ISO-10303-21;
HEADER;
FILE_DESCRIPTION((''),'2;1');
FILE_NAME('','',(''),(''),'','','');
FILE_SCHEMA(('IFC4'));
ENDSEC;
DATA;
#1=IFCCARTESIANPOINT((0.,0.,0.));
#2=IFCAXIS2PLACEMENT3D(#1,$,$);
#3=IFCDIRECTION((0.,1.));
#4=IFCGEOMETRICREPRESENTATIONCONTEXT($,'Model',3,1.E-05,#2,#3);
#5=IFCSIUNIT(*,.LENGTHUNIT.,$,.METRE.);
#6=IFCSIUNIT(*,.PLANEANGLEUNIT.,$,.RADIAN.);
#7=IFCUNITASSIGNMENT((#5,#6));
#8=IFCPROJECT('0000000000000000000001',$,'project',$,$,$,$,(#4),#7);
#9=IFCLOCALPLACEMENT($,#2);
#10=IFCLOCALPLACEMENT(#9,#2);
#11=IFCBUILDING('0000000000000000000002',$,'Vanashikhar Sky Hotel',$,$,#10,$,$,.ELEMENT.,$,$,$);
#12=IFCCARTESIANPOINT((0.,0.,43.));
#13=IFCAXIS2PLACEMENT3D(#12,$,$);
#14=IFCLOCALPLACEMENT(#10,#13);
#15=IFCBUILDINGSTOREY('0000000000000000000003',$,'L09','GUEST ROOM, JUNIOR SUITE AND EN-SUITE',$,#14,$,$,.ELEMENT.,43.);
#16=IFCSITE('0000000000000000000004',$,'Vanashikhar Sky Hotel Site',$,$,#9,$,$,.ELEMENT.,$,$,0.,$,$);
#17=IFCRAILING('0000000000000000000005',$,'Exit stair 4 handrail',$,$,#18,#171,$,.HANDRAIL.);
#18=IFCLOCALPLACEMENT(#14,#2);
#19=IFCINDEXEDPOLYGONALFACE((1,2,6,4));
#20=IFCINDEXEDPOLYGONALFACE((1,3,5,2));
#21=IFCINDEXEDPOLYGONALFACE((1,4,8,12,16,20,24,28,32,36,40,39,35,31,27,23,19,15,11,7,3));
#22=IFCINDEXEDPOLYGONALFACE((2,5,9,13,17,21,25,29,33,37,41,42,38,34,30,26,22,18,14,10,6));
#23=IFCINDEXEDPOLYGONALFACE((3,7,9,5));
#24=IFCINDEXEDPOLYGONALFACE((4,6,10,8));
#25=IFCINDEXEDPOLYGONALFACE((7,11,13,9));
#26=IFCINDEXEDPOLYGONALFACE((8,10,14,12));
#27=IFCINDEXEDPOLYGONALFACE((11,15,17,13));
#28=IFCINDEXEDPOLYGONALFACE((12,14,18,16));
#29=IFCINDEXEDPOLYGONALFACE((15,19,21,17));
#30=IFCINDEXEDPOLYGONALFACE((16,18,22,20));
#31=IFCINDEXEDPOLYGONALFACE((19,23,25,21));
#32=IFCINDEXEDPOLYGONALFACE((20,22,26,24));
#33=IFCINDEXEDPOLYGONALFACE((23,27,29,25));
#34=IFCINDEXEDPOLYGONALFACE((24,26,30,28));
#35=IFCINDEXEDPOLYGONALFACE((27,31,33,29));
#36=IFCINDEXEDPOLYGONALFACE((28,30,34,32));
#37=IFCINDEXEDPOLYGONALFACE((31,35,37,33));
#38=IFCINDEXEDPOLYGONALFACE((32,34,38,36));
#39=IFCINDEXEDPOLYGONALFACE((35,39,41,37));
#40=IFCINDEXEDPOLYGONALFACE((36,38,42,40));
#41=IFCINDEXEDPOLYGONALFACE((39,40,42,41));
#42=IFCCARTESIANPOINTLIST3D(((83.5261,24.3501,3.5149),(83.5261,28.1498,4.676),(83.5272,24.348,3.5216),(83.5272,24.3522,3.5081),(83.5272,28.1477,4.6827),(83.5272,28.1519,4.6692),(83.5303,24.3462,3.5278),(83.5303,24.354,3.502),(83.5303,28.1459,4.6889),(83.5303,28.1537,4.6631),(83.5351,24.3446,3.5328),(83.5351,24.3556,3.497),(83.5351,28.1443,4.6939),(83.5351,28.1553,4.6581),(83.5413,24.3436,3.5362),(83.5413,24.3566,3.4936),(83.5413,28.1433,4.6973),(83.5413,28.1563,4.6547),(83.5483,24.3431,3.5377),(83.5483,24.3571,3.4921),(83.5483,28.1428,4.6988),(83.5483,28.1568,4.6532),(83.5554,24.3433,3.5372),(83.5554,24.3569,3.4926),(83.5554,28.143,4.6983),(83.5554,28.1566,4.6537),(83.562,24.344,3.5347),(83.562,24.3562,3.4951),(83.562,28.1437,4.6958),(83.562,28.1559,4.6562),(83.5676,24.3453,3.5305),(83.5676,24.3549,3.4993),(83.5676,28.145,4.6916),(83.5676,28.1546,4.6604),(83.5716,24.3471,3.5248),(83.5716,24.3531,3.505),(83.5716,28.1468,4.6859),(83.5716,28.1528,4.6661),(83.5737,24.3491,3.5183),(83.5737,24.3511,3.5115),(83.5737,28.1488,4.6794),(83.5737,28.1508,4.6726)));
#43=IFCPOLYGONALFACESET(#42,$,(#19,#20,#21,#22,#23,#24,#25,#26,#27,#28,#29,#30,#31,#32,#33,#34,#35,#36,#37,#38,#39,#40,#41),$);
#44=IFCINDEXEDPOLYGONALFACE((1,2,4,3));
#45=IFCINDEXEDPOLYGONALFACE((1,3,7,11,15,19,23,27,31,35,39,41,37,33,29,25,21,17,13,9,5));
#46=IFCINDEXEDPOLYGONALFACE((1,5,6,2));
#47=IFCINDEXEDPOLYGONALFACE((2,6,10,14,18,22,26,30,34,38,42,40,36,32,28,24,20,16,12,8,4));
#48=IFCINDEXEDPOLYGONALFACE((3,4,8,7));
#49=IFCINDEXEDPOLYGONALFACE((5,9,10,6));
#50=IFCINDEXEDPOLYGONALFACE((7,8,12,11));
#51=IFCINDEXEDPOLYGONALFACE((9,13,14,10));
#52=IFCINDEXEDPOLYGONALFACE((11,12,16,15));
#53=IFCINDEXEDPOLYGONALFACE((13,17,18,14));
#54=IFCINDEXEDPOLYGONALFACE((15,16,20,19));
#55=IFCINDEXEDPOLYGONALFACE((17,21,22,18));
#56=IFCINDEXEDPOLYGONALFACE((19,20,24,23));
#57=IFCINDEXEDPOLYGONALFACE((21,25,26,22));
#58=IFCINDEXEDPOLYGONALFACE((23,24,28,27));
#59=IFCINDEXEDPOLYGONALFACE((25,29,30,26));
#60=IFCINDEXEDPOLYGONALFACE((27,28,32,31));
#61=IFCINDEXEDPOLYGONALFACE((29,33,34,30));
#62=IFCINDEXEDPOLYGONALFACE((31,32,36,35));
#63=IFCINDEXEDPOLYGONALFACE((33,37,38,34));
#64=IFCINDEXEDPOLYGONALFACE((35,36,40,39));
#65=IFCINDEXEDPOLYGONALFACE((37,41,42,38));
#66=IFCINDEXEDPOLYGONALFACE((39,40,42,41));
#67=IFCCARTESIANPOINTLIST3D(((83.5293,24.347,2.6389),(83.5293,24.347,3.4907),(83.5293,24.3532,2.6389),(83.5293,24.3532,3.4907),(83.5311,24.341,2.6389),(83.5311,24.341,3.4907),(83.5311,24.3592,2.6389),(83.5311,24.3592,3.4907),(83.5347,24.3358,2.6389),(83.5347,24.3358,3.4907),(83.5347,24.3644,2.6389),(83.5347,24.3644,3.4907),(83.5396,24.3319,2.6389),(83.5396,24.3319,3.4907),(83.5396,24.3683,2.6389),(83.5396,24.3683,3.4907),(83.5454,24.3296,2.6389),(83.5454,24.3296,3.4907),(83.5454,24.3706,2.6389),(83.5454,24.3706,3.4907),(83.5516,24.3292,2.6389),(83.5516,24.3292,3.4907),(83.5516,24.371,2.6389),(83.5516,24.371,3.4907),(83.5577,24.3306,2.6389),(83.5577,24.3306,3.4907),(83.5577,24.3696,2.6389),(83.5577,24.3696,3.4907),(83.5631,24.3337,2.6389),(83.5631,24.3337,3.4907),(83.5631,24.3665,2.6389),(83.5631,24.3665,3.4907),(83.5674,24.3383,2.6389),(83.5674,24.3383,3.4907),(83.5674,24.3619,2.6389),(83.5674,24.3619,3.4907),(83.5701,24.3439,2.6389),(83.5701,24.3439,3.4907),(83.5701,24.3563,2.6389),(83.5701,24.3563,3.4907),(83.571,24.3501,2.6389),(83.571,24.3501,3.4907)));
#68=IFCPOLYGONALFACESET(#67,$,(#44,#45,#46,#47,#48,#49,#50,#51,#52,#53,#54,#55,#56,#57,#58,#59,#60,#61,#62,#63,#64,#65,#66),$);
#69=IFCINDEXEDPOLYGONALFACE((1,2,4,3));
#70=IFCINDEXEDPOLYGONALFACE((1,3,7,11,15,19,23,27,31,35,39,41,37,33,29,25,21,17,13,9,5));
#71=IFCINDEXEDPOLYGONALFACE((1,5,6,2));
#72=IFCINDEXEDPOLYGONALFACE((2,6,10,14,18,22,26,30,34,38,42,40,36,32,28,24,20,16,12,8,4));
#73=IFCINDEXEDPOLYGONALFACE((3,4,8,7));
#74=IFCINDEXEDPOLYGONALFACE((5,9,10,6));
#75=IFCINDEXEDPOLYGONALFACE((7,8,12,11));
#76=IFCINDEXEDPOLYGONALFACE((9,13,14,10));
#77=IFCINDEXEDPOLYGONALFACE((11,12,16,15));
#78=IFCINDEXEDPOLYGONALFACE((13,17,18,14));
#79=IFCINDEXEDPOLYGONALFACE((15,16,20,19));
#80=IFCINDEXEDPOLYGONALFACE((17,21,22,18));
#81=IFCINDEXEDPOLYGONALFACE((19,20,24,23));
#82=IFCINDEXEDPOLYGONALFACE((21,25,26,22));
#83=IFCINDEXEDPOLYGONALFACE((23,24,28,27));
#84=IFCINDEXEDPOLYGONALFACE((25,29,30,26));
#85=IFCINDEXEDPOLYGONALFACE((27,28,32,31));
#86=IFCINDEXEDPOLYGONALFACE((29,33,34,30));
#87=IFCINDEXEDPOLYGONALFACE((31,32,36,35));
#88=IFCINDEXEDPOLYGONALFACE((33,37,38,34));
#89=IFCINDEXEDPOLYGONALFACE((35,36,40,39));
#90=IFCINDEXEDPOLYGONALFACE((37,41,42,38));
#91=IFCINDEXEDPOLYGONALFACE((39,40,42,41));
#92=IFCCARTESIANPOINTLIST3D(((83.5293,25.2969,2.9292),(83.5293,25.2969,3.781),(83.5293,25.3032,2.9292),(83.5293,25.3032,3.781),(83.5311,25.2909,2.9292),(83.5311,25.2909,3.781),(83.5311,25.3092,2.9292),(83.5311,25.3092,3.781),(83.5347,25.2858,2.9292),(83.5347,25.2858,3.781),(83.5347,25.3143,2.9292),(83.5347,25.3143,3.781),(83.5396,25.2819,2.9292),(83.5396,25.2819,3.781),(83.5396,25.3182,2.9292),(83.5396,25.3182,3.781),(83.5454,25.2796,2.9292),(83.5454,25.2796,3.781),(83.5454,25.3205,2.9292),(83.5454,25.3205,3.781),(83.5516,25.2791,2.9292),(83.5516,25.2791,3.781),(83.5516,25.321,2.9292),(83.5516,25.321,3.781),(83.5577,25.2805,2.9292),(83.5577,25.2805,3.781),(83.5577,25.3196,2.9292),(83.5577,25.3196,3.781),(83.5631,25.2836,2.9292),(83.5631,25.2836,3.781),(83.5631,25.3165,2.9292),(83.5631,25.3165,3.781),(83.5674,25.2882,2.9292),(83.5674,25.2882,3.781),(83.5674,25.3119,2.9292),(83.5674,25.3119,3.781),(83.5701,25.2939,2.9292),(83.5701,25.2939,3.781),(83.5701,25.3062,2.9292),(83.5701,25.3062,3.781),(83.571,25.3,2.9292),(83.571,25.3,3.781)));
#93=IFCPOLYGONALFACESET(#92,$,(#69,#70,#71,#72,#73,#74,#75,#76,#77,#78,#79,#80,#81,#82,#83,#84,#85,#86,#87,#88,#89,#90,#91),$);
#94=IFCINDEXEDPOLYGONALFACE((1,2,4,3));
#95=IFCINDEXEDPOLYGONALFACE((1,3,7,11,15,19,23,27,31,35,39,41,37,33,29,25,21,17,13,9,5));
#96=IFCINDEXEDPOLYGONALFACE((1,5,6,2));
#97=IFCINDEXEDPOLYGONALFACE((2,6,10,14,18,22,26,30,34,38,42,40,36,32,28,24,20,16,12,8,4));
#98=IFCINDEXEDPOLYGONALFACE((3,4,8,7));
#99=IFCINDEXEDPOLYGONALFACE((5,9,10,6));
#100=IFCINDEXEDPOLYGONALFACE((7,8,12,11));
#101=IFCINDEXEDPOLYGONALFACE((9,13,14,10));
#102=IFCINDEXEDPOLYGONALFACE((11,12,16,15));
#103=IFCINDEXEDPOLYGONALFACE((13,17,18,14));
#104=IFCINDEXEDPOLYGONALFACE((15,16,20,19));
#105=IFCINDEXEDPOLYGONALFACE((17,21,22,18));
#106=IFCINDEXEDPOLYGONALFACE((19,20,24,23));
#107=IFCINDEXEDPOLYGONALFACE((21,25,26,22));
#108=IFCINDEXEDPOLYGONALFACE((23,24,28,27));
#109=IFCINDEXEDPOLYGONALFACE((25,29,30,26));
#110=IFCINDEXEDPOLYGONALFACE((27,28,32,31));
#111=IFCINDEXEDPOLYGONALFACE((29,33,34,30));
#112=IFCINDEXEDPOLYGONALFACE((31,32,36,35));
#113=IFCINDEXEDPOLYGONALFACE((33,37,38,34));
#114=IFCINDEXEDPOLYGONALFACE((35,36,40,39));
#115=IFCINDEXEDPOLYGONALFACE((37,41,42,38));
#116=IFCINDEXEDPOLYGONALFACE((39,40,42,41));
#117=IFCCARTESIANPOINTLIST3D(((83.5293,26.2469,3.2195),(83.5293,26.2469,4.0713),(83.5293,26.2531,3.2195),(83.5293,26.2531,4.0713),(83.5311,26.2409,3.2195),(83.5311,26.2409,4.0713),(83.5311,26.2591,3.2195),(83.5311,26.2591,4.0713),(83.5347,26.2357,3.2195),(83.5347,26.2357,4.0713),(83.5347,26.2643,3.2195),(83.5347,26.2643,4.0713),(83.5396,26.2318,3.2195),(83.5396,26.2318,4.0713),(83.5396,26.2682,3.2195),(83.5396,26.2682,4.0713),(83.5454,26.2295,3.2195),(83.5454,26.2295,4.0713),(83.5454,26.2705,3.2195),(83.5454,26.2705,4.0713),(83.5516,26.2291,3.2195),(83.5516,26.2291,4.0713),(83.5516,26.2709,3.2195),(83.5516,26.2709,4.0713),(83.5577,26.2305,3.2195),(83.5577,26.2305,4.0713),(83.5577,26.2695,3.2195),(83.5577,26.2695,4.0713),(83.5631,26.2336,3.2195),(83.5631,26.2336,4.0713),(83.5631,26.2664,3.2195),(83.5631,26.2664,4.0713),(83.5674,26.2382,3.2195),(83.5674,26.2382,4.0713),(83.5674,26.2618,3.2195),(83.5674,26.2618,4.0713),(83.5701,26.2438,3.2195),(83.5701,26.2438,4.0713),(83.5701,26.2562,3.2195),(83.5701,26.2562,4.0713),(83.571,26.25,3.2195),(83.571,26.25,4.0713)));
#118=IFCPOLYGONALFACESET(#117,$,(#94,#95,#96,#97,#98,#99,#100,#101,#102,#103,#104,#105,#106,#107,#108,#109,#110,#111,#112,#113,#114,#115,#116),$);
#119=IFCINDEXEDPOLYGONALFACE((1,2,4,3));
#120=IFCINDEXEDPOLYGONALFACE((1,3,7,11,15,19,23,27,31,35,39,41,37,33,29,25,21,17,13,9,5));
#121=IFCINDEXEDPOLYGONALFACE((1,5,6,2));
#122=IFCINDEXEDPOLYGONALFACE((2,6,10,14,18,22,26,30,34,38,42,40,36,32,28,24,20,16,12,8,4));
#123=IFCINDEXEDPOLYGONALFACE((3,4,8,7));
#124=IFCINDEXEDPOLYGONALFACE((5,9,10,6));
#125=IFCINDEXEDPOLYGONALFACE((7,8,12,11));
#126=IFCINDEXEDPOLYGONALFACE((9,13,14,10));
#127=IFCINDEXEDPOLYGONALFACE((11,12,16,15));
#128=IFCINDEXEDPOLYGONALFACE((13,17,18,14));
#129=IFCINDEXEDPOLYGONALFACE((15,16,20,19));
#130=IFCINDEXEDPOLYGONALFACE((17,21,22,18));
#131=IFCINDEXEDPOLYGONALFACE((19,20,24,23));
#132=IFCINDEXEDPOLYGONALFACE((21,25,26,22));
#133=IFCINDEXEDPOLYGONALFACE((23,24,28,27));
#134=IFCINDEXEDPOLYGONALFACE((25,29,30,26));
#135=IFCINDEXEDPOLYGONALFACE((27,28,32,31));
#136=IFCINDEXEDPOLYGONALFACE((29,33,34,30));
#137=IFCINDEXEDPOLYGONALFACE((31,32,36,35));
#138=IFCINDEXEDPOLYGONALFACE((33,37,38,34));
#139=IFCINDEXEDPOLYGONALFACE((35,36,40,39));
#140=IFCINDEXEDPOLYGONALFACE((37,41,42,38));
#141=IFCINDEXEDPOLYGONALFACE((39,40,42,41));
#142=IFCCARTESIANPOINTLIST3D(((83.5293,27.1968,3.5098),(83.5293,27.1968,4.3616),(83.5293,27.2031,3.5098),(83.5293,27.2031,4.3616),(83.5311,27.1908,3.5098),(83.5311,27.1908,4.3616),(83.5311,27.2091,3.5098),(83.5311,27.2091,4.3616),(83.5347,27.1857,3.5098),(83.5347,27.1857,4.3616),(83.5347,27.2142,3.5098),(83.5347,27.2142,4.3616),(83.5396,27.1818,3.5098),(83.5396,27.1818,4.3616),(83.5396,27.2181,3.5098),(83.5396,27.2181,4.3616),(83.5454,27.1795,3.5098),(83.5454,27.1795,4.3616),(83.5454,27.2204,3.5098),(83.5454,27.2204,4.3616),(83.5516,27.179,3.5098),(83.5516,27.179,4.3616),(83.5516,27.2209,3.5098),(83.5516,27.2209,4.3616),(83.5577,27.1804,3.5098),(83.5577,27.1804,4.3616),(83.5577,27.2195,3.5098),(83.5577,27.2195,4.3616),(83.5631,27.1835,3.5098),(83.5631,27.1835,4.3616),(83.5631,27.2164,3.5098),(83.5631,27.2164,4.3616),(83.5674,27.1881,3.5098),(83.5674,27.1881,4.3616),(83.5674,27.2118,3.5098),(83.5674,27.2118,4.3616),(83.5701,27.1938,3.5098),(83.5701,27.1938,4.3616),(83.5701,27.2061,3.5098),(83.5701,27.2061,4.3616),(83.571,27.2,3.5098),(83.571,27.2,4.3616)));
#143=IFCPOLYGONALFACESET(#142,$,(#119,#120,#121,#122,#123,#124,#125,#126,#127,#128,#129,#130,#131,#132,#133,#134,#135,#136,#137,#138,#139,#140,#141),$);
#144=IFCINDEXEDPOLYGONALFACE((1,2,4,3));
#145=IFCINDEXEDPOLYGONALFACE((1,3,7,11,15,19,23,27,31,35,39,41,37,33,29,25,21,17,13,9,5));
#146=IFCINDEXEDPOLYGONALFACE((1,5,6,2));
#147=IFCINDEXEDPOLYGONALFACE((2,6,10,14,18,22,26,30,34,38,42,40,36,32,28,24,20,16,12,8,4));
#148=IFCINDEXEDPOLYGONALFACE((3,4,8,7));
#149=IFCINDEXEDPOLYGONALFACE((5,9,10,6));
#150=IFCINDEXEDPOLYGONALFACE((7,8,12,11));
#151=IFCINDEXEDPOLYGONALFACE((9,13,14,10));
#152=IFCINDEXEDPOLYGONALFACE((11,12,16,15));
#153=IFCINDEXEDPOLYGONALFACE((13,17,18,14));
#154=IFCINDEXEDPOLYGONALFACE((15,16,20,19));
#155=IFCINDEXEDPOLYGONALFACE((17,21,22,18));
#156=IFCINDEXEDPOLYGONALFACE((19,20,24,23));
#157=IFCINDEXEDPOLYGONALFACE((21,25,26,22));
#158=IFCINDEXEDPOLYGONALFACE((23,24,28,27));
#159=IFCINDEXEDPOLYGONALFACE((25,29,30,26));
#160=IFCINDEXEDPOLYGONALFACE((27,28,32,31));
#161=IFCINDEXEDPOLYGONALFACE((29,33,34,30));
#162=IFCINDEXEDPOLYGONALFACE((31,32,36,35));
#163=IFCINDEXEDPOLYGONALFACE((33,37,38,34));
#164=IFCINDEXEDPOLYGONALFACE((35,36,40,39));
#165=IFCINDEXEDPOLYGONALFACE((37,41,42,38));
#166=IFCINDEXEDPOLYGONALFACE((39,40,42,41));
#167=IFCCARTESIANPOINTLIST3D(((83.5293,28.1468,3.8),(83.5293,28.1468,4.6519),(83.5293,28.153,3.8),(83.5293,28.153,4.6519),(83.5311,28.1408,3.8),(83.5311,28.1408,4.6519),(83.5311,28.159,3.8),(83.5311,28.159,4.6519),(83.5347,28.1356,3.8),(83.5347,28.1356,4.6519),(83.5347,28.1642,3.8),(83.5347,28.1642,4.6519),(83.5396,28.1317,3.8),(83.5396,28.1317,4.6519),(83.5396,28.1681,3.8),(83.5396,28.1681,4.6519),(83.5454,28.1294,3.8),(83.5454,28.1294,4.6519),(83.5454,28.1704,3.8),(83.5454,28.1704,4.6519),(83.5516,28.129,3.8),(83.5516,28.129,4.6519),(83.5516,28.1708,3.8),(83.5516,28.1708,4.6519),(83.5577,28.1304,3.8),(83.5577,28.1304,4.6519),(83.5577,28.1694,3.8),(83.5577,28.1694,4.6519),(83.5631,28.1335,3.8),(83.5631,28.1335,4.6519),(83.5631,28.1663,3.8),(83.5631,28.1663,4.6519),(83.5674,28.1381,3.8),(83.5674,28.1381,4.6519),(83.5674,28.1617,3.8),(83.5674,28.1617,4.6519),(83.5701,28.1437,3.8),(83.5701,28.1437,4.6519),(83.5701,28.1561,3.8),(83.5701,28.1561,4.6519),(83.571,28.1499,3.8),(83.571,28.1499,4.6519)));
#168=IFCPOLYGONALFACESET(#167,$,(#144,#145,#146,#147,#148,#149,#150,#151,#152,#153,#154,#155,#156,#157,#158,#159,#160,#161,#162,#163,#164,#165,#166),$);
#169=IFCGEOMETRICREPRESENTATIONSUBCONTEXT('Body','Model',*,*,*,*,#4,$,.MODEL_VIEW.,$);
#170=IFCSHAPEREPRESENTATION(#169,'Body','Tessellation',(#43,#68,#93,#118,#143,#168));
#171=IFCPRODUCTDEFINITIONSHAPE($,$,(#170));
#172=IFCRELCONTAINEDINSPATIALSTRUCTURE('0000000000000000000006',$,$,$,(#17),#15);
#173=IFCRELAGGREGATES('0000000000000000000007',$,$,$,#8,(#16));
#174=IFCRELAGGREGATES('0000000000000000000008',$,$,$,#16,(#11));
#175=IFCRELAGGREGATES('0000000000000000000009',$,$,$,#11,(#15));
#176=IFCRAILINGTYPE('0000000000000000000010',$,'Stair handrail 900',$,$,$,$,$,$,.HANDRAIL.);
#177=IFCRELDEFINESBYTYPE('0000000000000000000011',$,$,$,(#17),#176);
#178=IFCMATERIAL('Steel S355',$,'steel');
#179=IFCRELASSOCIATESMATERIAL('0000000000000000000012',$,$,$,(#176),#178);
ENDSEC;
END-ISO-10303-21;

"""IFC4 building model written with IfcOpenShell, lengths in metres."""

from ifc_helpers import new_model, si_unit, direction, frame, origin, origin_2d, place, context, subcontext, project, spatial, circle, extrude, source, transform, mapped, material, type_object, element, save


model = new_model("IFC4")

# Units and contexts
model_context = context("Model", 3, precision=1e-05, world=origin(), true_north=direction((0.0, 1.0)))
body_context = subcontext(model_context, "Body", "Model", "MODEL_VIEW")
ifc_project = project(units=[si_unit("LENGTHUNIT", "METRE"), si_unit("PLANEANGLEUNIT", "RADIAN")], contexts=[model_context])

# Site, building, storey
site_placement = place(None, origin())
site = spatial("IfcSite", under=ifc_project, at=site_placement, Name="Vanashikhar Sky Hotel Site", CompositionType="ELEMENT", RefElevation=0.0)
building_placement = place(site_placement, origin())
building = spatial("IfcBuilding", under=site, at=building_placement, Name="Vanashikhar Sky Hotel", CompositionType="ELEMENT")
storey_placement = place(building_placement, frame((0.0, 0.0, 43.0)))
storey = spatial("IfcBuildingStorey", under=building, at=storey_placement, Name="L09", Description="GUEST ROOM, JUNIOR SUITE AND EN-SUITE", CompositionType="ELEMENT", Elevation=43.0)

# Railing
ifc_material_1 = material(Name="Steel S355", Category="steel")
railing_type_1 = type_object("IfcRailingType", Name="Stair handrail 900", PredefinedType="HANDRAIL", material=ifc_material_1)
shared_shape_1 = source(origin(), body_context, "Body", "SweptSolid", [
    extrude(circle(Radius=0.0239, at=origin_2d()), frame((0.0, 0.0, 0.876), z_axis=(0.0, 0.956346, 0.292237), x_axis=(-1.0, 0.0, 0.0)), (0.0, 0.0, 1.0), 3.9731),
    extrude(circle(Radius=0.021, at=origin_2d()), origin(), (0.0, 0.0, 1.0), 0.8518),
    extrude(circle(Radius=0.021, at=origin_2d()), frame((0.0, 0.95, 0.2903)), (0.0, 0.0, 1.0), 0.8518),
    extrude(circle(Radius=0.021, at=origin_2d()), frame((0.0, 1.8999, 0.5806)), (0.0, 0.0, 1.0), 0.8518),
    extrude(circle(Radius=0.021, at=origin_2d()), frame((0.0, 2.8499, 0.8708)), (0.0, 0.0, 1.0), 0.8518),
    extrude(circle(Radius=0.021, at=origin_2d()), frame((0.0, 3.7998, 1.1611)), (0.0, 0.0, 1.0), 0.8518),
])
for number, where, name in (
    (1, (83.55, 24.3501, 2.6389), "Exit stair 4 handrail"),
):
    element("IfcRailing", number, at=place(storey_placement, frame(where)), inside=storey, type_object=railing_type_1, Name=name, PredefinedType="HANDRAIL", context=body_context, shape_type="MappedRepresentation", body=[
        mapped(shared_shape_1, transform((0.0, 0.0, 0.0), scale=1.0)),
    ])

save(model, "model.ifc")
